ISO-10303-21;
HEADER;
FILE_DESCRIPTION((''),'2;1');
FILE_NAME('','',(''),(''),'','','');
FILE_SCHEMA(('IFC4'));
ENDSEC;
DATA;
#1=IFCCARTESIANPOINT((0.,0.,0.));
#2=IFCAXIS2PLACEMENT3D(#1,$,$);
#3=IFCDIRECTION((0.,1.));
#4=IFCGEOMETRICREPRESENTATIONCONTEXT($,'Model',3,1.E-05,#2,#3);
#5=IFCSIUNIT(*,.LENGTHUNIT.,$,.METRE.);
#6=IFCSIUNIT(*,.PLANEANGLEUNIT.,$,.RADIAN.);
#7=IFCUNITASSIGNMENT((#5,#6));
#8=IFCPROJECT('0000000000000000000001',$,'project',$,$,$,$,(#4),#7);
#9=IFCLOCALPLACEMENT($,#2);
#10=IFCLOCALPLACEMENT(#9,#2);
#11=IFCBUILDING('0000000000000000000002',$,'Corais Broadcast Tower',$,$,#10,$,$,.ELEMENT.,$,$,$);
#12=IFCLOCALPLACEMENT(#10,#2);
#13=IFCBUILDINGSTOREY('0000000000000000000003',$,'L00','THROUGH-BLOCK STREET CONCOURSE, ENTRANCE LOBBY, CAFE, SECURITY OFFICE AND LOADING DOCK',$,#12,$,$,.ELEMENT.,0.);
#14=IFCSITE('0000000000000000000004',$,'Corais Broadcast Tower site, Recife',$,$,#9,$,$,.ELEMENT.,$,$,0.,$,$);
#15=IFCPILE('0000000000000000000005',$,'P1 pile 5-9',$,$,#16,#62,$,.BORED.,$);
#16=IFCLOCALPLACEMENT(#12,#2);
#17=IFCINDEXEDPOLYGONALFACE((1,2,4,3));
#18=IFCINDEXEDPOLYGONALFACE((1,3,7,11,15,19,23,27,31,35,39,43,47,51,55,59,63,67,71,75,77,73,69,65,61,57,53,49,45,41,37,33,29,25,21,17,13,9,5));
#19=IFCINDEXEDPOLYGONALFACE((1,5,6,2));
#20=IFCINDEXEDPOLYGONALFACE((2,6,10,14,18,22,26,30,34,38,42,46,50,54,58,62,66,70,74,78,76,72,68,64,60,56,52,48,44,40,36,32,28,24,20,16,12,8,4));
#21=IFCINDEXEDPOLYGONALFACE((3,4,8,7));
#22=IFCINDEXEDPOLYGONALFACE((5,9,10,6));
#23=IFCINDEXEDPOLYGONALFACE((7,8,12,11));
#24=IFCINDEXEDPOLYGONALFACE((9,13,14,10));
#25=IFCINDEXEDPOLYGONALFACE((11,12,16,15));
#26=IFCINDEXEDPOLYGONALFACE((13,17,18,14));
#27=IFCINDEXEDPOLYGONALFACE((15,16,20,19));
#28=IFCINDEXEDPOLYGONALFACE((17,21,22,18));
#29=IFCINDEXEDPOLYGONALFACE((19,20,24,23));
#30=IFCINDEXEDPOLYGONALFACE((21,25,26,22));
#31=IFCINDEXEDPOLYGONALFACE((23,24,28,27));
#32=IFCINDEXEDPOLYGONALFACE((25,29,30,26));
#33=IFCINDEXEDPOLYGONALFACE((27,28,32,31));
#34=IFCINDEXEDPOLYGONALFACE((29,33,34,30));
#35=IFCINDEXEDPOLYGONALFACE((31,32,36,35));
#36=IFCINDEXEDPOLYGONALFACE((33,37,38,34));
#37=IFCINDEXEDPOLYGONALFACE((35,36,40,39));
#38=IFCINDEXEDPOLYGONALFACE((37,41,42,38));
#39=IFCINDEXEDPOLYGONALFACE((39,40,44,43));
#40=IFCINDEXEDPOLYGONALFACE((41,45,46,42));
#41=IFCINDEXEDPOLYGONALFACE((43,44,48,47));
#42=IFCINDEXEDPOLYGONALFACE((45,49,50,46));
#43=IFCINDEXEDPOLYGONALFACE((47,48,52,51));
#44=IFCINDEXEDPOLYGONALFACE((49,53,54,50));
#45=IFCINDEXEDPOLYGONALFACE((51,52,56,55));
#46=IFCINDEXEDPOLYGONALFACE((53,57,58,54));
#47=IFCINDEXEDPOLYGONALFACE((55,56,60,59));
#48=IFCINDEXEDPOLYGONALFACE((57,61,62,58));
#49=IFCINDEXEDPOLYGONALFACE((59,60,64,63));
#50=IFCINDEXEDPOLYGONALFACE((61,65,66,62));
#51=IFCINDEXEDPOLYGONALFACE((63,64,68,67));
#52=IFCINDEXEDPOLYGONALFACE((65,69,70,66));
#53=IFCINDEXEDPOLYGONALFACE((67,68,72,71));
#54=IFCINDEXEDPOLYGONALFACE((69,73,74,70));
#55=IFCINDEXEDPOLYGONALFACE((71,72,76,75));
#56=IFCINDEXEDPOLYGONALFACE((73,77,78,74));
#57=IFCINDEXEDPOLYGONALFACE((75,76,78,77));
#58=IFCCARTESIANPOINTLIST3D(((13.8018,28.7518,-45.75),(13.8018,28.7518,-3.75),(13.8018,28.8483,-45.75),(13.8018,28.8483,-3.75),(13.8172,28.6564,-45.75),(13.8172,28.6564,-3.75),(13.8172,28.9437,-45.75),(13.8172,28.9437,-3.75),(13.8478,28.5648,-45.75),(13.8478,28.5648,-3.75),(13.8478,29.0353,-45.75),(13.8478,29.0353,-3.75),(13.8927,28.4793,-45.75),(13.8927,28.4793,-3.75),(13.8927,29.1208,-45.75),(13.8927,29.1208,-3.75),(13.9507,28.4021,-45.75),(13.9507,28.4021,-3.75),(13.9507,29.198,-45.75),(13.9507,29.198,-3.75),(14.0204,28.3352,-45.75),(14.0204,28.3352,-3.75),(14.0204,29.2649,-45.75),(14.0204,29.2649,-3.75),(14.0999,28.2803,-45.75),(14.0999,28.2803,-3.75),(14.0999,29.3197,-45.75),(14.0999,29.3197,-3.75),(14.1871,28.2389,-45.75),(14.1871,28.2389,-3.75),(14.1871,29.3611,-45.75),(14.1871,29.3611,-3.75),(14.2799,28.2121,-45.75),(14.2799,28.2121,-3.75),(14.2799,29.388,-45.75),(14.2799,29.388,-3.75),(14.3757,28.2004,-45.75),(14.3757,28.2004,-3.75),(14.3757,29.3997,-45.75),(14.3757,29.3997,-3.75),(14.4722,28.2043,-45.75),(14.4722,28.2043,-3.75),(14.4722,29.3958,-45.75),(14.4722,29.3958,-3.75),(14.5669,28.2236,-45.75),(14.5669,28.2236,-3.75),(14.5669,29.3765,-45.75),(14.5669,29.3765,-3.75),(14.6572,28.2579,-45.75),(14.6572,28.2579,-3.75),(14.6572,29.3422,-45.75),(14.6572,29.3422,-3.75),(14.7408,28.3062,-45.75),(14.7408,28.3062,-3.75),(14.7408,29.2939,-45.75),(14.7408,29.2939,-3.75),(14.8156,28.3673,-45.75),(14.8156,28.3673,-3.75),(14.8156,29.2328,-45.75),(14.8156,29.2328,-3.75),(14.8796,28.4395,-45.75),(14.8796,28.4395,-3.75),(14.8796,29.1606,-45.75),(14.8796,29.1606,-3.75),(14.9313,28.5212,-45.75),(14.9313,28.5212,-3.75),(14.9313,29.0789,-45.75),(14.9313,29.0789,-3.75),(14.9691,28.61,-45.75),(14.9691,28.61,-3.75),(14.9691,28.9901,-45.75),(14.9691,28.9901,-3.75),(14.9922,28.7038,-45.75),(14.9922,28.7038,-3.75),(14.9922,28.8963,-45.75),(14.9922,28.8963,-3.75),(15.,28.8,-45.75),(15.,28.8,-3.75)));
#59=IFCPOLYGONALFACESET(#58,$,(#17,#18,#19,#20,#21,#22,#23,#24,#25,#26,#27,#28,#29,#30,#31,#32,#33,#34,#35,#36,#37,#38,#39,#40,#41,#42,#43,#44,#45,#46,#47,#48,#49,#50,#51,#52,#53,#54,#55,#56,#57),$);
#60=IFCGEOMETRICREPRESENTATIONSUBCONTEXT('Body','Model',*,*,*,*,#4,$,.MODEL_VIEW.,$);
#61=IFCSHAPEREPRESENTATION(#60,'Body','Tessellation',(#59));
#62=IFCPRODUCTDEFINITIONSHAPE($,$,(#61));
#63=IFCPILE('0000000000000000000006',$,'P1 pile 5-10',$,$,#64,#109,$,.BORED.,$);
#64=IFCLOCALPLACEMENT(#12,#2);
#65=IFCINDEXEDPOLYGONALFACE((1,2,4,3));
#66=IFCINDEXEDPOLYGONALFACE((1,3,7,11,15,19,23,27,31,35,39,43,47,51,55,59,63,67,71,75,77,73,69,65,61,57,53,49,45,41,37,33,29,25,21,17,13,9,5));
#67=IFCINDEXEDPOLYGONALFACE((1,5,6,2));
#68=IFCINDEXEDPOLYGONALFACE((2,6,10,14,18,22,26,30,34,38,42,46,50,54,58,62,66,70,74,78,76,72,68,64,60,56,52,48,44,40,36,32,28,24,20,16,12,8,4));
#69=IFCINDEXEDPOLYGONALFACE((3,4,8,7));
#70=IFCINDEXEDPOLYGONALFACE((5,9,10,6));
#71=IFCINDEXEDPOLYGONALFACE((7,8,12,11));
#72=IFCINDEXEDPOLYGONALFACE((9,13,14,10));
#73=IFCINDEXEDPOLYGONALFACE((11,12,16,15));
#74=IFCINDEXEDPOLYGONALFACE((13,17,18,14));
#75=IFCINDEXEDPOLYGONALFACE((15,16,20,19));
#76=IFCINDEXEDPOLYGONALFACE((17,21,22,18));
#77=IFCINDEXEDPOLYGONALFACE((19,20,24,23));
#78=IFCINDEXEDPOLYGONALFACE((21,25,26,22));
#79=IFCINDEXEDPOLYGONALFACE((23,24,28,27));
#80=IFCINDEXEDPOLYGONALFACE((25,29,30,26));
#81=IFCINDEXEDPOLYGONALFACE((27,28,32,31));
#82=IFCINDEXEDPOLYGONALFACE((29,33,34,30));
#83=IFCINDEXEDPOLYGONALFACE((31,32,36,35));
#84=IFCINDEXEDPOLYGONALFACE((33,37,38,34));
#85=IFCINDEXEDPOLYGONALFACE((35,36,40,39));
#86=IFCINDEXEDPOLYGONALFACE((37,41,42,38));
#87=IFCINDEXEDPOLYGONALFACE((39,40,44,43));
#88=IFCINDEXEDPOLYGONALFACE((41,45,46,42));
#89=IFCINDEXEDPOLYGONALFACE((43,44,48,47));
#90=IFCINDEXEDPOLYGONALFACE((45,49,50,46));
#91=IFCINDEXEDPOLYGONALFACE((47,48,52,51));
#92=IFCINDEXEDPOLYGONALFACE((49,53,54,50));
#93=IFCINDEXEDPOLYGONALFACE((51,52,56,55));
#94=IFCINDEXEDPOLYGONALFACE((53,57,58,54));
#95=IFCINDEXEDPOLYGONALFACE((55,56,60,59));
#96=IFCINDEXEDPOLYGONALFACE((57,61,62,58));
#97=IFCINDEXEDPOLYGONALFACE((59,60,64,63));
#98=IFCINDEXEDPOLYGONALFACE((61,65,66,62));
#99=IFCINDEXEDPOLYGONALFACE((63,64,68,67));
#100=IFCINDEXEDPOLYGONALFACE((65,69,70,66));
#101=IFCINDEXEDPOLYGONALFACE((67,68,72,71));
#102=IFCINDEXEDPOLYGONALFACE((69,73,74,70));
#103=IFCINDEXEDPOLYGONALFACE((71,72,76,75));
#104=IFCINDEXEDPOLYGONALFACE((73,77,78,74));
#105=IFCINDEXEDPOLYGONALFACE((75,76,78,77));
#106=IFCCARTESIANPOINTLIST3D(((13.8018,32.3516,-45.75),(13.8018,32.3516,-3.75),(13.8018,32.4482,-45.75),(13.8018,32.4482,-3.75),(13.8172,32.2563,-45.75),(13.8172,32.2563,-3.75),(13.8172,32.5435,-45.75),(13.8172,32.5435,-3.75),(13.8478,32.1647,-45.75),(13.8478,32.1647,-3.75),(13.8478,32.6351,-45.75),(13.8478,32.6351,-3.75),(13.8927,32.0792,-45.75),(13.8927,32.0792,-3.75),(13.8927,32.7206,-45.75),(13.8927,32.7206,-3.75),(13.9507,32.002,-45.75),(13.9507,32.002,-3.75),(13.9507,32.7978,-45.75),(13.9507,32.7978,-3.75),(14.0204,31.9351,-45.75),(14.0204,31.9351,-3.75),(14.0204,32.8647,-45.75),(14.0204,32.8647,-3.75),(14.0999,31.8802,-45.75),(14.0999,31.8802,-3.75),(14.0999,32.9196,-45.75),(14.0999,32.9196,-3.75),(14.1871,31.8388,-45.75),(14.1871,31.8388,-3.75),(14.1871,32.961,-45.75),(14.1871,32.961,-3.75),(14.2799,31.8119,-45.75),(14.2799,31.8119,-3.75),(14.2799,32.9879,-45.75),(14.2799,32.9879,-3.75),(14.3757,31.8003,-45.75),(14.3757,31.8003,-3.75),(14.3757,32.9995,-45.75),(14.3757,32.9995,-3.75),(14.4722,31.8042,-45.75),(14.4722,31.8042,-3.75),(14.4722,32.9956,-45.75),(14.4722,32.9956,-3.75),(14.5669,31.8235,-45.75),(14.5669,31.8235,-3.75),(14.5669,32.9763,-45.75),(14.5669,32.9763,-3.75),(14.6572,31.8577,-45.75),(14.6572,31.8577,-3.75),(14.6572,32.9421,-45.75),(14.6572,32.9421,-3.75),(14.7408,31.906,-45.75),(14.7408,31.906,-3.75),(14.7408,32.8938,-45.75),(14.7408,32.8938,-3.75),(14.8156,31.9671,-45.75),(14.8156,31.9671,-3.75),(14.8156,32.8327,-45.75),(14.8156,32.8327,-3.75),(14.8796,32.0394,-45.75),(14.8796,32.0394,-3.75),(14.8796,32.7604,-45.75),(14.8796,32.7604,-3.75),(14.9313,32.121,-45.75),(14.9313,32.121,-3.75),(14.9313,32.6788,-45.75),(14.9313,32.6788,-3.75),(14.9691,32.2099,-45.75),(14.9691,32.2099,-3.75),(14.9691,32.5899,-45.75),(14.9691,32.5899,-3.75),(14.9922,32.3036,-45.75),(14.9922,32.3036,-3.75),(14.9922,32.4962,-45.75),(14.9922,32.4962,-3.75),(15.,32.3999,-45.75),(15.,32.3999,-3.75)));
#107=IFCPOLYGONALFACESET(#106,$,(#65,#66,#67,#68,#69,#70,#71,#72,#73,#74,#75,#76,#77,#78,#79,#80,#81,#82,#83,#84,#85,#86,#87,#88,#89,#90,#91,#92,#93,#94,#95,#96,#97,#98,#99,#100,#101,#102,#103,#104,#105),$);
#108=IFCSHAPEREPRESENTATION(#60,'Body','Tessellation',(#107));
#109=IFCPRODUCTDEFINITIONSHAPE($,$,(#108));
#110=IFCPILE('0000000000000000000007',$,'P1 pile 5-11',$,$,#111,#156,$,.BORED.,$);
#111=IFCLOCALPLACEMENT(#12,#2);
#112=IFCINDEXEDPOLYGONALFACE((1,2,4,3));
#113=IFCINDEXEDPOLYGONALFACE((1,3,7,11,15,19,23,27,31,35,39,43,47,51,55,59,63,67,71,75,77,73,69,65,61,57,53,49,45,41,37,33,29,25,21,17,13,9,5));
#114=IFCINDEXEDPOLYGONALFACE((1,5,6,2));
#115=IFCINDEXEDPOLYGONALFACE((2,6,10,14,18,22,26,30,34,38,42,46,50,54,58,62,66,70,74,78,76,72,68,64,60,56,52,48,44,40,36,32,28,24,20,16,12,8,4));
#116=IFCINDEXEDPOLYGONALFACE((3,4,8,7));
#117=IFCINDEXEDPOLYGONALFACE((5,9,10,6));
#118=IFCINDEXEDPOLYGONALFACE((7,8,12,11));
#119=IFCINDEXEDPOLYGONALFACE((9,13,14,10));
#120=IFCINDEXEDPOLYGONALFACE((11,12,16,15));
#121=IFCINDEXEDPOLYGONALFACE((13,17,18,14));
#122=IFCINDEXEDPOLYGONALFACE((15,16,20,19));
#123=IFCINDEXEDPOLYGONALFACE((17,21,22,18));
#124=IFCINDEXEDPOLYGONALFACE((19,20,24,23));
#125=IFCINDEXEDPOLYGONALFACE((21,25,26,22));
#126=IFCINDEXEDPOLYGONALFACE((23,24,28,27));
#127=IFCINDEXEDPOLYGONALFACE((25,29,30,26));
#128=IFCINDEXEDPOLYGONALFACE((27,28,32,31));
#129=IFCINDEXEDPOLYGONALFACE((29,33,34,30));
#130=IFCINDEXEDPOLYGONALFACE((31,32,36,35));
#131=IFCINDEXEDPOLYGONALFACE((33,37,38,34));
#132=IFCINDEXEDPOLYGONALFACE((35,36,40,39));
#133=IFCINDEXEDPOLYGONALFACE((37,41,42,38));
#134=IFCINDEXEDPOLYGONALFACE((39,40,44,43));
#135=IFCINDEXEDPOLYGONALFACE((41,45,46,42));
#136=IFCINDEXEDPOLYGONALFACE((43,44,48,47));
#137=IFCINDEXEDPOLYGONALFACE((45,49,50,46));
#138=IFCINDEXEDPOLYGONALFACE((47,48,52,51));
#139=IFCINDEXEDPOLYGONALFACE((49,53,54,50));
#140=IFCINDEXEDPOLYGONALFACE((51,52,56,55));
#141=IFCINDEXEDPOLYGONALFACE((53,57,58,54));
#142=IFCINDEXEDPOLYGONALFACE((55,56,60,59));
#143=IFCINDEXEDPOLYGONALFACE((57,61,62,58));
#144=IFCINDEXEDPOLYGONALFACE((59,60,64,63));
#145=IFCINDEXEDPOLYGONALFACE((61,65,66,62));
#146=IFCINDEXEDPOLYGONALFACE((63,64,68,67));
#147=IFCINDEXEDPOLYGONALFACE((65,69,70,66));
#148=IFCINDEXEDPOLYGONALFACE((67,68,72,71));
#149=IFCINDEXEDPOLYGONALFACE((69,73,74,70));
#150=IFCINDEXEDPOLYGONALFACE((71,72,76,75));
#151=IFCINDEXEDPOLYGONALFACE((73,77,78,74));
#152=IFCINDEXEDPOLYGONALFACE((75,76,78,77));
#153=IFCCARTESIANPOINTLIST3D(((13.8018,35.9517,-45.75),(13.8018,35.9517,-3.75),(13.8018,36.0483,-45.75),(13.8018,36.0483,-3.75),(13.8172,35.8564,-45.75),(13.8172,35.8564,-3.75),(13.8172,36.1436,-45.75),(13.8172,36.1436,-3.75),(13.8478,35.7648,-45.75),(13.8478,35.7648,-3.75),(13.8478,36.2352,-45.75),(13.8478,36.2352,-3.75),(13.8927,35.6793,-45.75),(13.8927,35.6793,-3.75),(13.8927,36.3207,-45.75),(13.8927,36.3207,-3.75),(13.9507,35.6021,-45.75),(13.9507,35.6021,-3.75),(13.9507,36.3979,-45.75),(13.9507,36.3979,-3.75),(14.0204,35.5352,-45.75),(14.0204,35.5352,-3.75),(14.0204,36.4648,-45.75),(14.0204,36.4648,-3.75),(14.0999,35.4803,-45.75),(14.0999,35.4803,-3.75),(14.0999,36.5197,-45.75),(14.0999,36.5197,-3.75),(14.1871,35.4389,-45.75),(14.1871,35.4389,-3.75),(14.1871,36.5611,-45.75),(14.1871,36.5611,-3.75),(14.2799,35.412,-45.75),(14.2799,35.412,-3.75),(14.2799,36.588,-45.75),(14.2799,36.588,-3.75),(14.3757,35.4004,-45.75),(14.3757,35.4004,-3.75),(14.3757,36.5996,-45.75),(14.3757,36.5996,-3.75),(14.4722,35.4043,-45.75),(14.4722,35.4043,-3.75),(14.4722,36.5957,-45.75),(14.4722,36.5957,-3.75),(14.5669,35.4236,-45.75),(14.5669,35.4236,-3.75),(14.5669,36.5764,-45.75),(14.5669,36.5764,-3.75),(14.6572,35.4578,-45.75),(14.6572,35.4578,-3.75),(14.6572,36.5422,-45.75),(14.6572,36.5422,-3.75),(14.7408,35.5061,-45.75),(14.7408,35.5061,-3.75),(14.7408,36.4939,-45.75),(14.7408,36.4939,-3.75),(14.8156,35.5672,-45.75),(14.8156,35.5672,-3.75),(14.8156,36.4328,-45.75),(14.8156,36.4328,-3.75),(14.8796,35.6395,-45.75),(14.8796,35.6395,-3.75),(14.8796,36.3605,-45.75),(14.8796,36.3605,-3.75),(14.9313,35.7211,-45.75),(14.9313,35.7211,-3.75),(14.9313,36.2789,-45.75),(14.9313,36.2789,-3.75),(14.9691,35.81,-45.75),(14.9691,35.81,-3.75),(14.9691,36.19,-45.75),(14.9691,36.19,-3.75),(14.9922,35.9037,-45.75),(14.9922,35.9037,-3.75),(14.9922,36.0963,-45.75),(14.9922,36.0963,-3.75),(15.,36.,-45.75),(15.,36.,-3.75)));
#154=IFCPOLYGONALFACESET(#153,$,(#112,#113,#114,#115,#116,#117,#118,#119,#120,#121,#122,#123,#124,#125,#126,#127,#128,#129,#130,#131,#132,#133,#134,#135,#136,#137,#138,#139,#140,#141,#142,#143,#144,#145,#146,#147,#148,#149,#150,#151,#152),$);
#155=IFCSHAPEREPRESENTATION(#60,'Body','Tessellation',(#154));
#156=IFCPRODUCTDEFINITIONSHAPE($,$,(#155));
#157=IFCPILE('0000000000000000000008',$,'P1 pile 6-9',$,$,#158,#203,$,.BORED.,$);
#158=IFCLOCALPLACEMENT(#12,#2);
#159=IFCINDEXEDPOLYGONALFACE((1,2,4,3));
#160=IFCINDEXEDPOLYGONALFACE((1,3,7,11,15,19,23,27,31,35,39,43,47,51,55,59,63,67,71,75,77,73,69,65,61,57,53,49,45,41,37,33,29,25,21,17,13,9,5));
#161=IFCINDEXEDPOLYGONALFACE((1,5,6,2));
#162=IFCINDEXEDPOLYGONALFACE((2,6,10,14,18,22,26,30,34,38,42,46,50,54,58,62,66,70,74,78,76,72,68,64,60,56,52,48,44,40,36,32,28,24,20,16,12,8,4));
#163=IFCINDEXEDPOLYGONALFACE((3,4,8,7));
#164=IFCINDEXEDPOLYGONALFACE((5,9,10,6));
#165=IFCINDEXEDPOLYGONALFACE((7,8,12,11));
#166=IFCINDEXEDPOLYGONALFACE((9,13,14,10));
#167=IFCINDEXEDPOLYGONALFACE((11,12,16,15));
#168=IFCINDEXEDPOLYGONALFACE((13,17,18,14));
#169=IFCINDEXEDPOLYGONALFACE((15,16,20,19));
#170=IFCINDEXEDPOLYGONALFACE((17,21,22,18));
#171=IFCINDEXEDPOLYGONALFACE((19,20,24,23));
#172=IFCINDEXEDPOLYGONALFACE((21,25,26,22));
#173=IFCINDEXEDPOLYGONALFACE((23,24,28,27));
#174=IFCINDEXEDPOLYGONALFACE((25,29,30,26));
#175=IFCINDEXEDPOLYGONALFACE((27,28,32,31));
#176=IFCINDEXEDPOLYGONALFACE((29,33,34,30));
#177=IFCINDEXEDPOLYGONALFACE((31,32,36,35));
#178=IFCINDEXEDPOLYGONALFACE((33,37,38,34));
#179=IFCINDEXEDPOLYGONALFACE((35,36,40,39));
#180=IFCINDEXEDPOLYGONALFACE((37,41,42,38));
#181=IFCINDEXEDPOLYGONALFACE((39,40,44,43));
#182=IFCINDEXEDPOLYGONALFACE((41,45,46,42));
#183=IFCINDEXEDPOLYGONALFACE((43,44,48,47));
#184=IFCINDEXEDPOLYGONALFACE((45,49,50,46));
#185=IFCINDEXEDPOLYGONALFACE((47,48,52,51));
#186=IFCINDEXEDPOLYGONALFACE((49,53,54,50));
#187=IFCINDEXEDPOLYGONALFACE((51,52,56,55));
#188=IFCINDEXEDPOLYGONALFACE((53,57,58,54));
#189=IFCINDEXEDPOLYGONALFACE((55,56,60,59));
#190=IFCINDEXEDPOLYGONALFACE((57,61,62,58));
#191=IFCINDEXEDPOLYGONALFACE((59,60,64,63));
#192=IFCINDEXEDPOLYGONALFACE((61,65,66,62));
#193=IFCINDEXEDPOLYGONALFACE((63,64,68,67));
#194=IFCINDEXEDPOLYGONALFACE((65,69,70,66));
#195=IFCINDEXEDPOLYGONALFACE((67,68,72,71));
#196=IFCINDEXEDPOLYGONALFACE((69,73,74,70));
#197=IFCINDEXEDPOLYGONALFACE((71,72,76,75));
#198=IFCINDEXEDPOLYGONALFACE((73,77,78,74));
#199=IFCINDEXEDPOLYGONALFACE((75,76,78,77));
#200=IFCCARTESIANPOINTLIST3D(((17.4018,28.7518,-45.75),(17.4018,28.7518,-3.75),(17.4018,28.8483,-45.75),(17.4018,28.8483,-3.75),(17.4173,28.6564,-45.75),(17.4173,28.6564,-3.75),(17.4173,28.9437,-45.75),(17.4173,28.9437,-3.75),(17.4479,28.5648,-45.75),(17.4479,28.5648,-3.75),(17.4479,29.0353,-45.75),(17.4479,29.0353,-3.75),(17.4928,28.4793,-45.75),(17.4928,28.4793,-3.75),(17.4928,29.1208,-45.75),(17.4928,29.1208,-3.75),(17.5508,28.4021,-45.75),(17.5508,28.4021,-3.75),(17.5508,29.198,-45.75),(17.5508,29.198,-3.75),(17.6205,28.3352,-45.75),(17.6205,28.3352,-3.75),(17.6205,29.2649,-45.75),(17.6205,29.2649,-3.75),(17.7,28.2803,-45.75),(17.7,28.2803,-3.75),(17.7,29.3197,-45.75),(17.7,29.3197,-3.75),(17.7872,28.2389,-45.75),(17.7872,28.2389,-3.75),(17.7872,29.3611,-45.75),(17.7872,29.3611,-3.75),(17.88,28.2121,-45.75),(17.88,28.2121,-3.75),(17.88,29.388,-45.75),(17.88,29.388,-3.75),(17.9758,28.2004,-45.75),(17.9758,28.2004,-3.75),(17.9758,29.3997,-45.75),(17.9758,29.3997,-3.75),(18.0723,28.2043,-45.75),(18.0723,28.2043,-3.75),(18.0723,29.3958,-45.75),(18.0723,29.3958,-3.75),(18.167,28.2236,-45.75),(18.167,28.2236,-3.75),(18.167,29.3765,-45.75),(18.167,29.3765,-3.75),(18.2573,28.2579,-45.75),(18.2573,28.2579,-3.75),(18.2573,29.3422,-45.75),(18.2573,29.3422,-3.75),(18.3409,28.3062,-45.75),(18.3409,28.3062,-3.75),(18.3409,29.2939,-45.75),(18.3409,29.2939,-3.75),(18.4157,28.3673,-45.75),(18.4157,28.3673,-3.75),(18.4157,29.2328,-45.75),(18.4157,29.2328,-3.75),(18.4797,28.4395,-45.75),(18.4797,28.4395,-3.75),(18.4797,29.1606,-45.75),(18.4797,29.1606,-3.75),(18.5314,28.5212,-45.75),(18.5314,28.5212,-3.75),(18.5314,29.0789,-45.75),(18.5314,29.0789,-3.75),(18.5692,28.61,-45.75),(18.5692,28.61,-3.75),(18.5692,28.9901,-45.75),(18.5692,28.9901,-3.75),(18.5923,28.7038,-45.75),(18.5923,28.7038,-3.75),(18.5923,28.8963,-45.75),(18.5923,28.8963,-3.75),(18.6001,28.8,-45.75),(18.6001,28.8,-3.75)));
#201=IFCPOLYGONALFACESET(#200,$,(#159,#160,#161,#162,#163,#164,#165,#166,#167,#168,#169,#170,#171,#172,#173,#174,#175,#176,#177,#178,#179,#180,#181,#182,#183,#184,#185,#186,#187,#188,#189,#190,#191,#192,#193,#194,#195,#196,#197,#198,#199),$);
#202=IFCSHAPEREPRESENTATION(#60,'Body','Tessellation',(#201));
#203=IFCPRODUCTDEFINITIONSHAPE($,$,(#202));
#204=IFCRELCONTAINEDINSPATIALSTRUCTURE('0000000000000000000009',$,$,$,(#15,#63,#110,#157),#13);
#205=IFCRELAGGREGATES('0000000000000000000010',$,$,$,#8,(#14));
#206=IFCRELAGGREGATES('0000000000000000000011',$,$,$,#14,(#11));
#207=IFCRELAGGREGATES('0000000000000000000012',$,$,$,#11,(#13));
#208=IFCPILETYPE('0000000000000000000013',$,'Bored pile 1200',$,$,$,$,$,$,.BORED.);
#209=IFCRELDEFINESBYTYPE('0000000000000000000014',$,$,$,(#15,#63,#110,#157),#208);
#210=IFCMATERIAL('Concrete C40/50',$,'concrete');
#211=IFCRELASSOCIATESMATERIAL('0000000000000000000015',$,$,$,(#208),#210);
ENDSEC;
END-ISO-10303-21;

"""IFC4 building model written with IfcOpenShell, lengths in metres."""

from ifc_helpers import new_model, si_unit, direction, frame, origin, origin_2d, place, context, subcontext, project, spatial, circle, extrude, material, type_object, element, save


model = new_model("IFC4")

# Units and contexts
model_context = context("Model", 3, precision=1e-05, world=origin(), true_north=direction((0.0, 1.0)))
body_context = subcontext(model_context, "Body", "Model", "MODEL_VIEW")
ifc_project = project(units=[si_unit("LENGTHUNIT", "METRE"), si_unit("PLANEANGLEUNIT", "RADIAN")], contexts=[model_context])

# Site, building, storey
site_placement = place(None, origin())
site = spatial("IfcSite", under=ifc_project, at=site_placement, Name="Corais Broadcast Tower site, Recife", CompositionType="ELEMENT", RefElevation=0.0)
building_placement = place(site_placement, origin())
building = spatial("IfcBuilding", under=site, at=building_placement, Name="Corais Broadcast Tower", CompositionType="ELEMENT")
storey_placement = place(building_placement, origin())
storey = spatial("IfcBuildingStorey", under=building, at=storey_placement, Name="L00", Description="THROUGH-BLOCK STREET CONCOURSE, ENTRANCE LOBBY, CAFE, SECURITY OFFICE AND LOADING DOCK", CompositionType="ELEMENT", Elevation=0.0)

# Piles
ifc_material_1 = material(Name="Concrete C40/50", Category="concrete")
pile_type = type_object("IfcPileType", Name="Bored pile 1200", PredefinedType="BORED", material=ifc_material_1)
for number, where, z_axis, x_axis, name in (
    (1, (14.3999, 28.8, -3.75), (0.0, 0.0, -1.0), (1.0, 0.0, 0.0), "P1 pile 5-9"),
    (2, (14.3999, 32.3999, -3.75), (0.0, 0.0, -1.0), (1.0, 0.0, 0.0), "P1 pile 5-10"),
    (3, (14.3999, 36.0, -3.75), (0.0, 0.0, -1.0), (1.0, 0.0, 0.0), "P1 pile 5-11"),
    (4, (18.0, 28.8, -3.75), (0.0, 0.0, -1.0), (1.0, 0.0, 0.0), "P1 pile 6-9"),
):
    element("IfcPile", number, at=place(storey_placement, frame(where, z_axis=z_axis, x_axis=x_axis)), inside=storey, type_object=pile_type, Name=name, PredefinedType="BORED", context=body_context, shape_type="SweptSolid", body=[
        extrude(circle(Radius=0.6001, at=origin_2d()), origin(), (0.0, 0.0, 1.0), 42.0),
    ])

save(model, "model.ifc")
